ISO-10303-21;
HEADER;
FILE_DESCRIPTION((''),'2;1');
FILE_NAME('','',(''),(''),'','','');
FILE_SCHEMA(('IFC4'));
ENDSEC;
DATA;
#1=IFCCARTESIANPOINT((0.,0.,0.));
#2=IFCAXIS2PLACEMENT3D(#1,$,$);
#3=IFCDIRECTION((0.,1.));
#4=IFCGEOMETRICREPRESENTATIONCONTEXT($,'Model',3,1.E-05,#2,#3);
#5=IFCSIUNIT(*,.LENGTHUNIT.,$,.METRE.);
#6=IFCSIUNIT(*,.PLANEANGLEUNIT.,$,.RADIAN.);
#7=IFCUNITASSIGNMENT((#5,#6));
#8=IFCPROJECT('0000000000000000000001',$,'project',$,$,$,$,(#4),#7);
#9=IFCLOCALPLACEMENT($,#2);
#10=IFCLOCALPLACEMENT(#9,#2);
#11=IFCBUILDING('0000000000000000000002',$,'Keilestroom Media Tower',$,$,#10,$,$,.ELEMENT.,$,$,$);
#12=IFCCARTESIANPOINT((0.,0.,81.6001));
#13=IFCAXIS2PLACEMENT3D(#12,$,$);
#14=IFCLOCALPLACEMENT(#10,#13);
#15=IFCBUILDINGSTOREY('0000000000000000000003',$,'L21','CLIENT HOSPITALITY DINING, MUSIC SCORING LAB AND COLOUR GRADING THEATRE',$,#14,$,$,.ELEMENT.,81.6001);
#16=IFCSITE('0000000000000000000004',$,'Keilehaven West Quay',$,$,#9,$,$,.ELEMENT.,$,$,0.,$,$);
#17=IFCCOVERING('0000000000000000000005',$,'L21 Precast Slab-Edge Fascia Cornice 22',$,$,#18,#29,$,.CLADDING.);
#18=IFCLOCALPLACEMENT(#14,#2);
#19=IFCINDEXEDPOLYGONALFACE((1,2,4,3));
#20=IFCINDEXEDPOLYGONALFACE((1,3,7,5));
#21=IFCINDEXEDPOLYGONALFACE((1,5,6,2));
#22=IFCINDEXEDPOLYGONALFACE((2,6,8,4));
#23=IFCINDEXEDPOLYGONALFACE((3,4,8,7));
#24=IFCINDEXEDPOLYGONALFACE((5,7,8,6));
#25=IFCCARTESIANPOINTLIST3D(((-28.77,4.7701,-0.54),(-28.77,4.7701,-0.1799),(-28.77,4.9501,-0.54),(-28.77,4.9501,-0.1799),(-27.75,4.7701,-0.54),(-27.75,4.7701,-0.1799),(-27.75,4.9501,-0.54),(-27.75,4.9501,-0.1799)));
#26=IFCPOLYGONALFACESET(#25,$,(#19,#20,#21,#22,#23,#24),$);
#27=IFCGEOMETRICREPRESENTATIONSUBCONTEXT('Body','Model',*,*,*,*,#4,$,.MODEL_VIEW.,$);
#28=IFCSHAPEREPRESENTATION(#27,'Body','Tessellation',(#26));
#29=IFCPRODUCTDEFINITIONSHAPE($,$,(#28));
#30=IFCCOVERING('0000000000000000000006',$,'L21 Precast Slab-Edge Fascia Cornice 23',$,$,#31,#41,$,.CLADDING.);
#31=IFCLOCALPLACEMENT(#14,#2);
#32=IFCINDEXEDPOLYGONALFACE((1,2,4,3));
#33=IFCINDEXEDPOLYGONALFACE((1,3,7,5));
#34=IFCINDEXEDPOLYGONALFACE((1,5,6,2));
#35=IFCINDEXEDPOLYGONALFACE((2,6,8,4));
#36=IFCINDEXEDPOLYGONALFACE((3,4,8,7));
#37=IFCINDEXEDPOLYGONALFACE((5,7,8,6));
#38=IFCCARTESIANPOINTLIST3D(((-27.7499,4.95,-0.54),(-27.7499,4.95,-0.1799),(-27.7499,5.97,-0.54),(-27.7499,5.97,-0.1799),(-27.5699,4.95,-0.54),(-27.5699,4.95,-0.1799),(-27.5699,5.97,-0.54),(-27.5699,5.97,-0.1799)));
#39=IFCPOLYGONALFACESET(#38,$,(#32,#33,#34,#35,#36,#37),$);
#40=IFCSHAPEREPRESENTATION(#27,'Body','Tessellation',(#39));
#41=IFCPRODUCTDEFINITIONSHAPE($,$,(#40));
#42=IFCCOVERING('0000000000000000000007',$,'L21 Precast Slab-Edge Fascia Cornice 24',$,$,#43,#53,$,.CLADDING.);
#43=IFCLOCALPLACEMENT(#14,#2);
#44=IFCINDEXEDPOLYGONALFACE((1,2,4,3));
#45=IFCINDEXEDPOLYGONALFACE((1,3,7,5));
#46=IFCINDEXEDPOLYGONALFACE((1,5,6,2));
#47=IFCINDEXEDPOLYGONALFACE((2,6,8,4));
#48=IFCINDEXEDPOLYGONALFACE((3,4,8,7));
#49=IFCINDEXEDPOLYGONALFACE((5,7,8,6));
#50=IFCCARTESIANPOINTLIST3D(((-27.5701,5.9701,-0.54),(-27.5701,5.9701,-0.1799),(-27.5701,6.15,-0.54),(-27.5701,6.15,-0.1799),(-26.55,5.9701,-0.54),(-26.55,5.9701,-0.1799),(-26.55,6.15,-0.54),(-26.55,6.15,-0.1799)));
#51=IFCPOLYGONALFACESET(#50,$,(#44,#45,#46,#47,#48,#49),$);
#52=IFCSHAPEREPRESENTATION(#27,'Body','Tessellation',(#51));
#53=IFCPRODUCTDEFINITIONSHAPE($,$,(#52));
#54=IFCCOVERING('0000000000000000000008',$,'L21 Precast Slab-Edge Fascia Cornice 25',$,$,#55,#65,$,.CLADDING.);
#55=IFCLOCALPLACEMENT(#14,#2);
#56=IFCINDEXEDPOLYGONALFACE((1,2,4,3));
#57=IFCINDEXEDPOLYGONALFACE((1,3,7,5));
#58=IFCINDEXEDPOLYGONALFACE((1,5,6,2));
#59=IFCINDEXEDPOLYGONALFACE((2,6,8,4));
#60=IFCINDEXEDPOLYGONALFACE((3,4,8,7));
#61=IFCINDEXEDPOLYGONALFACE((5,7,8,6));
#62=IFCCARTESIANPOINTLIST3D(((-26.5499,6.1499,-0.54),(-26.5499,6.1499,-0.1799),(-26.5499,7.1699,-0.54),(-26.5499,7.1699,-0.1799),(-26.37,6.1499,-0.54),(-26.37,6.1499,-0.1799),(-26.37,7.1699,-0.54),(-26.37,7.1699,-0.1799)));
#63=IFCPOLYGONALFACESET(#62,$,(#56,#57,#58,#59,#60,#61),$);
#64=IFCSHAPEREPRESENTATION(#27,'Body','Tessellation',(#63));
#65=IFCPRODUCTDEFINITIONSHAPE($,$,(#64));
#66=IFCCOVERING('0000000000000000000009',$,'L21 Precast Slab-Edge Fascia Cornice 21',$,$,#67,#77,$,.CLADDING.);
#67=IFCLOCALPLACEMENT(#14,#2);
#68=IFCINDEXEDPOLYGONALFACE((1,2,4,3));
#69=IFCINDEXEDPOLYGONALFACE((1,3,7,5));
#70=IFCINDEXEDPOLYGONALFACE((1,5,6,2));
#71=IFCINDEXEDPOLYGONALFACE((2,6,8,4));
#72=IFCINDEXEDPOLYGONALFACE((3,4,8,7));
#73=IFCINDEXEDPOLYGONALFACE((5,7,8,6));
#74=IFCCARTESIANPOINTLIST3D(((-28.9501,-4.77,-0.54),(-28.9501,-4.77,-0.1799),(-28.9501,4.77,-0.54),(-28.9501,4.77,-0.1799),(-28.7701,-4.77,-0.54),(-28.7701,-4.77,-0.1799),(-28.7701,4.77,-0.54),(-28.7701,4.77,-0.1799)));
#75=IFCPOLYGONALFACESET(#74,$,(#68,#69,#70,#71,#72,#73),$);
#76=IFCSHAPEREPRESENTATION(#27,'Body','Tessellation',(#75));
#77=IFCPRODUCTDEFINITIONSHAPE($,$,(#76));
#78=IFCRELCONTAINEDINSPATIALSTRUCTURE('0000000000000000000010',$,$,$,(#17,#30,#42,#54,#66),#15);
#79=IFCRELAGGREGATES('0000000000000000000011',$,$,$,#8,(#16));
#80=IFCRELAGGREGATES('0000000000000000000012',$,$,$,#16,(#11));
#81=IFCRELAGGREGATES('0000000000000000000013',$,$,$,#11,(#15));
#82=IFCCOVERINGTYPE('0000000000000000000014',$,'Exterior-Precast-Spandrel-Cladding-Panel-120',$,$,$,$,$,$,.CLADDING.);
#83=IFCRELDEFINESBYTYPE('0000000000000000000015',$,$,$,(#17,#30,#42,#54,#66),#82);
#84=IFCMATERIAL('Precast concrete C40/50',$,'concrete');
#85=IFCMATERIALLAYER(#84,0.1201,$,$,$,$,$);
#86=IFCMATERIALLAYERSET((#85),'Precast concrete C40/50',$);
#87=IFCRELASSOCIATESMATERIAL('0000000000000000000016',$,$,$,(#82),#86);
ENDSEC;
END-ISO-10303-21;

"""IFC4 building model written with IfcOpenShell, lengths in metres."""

from ifc_helpers import new_model, si_unit, direction, frame, origin, origin_2d, place, context, subcontext, project, spatial, rectangle, extrude, source, transform, mapped, material, layer, layer_set, type_object, element, save


model = new_model("IFC4")

# Units and contexts
model_context = context("Model", 3, precision=1e-05, world=origin(), true_north=direction((0.0, 1.0)))
body_context = subcontext(model_context, "Body", "Model", "MODEL_VIEW")
ifc_project = project(units=[si_unit("LENGTHUNIT", "METRE"), si_unit("PLANEANGLEUNIT", "RADIAN")], contexts=[model_context])

# Site, building, storey
site_placement = place(None, origin())
site = spatial("IfcSite", under=ifc_project, at=site_placement, Name="Keilehaven West Quay", CompositionType="ELEMENT", RefElevation=0.0)
building_placement = place(site_placement, origin())
building = spatial("IfcBuilding", under=site, at=building_placement, Name="Keilestroom Media Tower", CompositionType="ELEMENT")
storey_placement = place(building_placement, frame((0.0, 0.0, 81.6001)))
storey = spatial("IfcBuildingStorey", under=building, at=storey_placement, Name="L21", Description="CLIENT HOSPITALITY DINING, MUSIC SCORING LAB AND COLOUR GRADING THEATRE", CompositionType="ELEMENT", Elevation=81.6001)

# Shared definitions
ifc_material_1 = material(Name="Precast concrete C40/50", Category="concrete")

# Coverings
ifc_layer_1 = layer(ifc_material_1, 0.1201)
ifc_layer_set_1 = layer_set([ifc_layer_1], Name="Precast concrete C40/50")
covering_type = type_object("IfcCoveringType", Name="Exterior-Precast-Spandrel-Cladding-Panel-120", PredefinedType="CLADDING", material=ifc_layer_set_1)
shared_shape_1 = source(origin(), body_context, "Body", "SweptSolid", [
    extrude(rectangle(XDim=1.02, YDim=0.1799, at=origin_2d()), origin(), (0.0, 0.0, 1.0), 0.3601),
])
for number, where, z_axis, x_axis, name in (
    (1, (-28.26, 4.8601, -0.54), (0.0, 0.0, 1.0), (1.0, 0.0, 0.0), "L21 Precast Slab-Edge Fascia Cornice 22"),
    (2, (-27.6599, 5.46, -0.54), (0.0, 0.0, 1.0), (0.0, 1.0, 0.0), "L21 Precast Slab-Edge Fascia Cornice 23"),
    (3, (-27.0601, 6.0601, -0.54), (0.0, 0.0, 1.0), (1.0, 0.0, 0.0), "L21 Precast Slab-Edge Fascia Cornice 24"),
    (4, (-26.46, 6.6599, -0.54), (0.0, 0.0, 1.0), (0.0, 1.0, 0.0), "L21 Precast Slab-Edge Fascia Cornice 25"),
):
    element("IfcCovering", number, at=place(storey_placement, frame(where, z_axis=z_axis, x_axis=x_axis)), inside=storey, type_object=covering_type, Name=name, PredefinedType="CLADDING", context=body_context, shape_type="MappedRepresentation", body=[
        mapped(shared_shape_1, transform((0.0, 0.0, 0.0), x_axis=(1.0, 0.0, 0.0), y_axis=(0.0, 1.0, 0.0), z_axis=(0.0, 0.0, 1.0), scale=1.0)),
    ])
shared_shape_2 = source(origin(), body_context, "Body", "SweptSolid", [
    extrude(rectangle(XDim=9.54, YDim=0.1799, at=origin_2d()), origin(), (0.0, 0.0, 1.0), 0.3601),
])
covering_placement = place(storey_placement, frame((-28.8601, 0.0, -0.54), z_axis=(0.0, 0.0, 1.0), x_axis=(0.0, 1.0, 0.0)))
element("IfcCovering", 5, at=covering_placement, inside=storey, type_object=covering_type, Name="L21 Precast Slab-Edge Fascia Cornice 21", PredefinedType="CLADDING", context=body_context, shape_type="MappedRepresentation", body=[
    mapped(shared_shape_2, transform((0.0, 0.0, 0.0), x_axis=(1.0, 0.0, 0.0), y_axis=(0.0, 1.0, 0.0), z_axis=(0.0, 0.0, 1.0), scale=1.0)),
])

save(model, "model.ifc")
